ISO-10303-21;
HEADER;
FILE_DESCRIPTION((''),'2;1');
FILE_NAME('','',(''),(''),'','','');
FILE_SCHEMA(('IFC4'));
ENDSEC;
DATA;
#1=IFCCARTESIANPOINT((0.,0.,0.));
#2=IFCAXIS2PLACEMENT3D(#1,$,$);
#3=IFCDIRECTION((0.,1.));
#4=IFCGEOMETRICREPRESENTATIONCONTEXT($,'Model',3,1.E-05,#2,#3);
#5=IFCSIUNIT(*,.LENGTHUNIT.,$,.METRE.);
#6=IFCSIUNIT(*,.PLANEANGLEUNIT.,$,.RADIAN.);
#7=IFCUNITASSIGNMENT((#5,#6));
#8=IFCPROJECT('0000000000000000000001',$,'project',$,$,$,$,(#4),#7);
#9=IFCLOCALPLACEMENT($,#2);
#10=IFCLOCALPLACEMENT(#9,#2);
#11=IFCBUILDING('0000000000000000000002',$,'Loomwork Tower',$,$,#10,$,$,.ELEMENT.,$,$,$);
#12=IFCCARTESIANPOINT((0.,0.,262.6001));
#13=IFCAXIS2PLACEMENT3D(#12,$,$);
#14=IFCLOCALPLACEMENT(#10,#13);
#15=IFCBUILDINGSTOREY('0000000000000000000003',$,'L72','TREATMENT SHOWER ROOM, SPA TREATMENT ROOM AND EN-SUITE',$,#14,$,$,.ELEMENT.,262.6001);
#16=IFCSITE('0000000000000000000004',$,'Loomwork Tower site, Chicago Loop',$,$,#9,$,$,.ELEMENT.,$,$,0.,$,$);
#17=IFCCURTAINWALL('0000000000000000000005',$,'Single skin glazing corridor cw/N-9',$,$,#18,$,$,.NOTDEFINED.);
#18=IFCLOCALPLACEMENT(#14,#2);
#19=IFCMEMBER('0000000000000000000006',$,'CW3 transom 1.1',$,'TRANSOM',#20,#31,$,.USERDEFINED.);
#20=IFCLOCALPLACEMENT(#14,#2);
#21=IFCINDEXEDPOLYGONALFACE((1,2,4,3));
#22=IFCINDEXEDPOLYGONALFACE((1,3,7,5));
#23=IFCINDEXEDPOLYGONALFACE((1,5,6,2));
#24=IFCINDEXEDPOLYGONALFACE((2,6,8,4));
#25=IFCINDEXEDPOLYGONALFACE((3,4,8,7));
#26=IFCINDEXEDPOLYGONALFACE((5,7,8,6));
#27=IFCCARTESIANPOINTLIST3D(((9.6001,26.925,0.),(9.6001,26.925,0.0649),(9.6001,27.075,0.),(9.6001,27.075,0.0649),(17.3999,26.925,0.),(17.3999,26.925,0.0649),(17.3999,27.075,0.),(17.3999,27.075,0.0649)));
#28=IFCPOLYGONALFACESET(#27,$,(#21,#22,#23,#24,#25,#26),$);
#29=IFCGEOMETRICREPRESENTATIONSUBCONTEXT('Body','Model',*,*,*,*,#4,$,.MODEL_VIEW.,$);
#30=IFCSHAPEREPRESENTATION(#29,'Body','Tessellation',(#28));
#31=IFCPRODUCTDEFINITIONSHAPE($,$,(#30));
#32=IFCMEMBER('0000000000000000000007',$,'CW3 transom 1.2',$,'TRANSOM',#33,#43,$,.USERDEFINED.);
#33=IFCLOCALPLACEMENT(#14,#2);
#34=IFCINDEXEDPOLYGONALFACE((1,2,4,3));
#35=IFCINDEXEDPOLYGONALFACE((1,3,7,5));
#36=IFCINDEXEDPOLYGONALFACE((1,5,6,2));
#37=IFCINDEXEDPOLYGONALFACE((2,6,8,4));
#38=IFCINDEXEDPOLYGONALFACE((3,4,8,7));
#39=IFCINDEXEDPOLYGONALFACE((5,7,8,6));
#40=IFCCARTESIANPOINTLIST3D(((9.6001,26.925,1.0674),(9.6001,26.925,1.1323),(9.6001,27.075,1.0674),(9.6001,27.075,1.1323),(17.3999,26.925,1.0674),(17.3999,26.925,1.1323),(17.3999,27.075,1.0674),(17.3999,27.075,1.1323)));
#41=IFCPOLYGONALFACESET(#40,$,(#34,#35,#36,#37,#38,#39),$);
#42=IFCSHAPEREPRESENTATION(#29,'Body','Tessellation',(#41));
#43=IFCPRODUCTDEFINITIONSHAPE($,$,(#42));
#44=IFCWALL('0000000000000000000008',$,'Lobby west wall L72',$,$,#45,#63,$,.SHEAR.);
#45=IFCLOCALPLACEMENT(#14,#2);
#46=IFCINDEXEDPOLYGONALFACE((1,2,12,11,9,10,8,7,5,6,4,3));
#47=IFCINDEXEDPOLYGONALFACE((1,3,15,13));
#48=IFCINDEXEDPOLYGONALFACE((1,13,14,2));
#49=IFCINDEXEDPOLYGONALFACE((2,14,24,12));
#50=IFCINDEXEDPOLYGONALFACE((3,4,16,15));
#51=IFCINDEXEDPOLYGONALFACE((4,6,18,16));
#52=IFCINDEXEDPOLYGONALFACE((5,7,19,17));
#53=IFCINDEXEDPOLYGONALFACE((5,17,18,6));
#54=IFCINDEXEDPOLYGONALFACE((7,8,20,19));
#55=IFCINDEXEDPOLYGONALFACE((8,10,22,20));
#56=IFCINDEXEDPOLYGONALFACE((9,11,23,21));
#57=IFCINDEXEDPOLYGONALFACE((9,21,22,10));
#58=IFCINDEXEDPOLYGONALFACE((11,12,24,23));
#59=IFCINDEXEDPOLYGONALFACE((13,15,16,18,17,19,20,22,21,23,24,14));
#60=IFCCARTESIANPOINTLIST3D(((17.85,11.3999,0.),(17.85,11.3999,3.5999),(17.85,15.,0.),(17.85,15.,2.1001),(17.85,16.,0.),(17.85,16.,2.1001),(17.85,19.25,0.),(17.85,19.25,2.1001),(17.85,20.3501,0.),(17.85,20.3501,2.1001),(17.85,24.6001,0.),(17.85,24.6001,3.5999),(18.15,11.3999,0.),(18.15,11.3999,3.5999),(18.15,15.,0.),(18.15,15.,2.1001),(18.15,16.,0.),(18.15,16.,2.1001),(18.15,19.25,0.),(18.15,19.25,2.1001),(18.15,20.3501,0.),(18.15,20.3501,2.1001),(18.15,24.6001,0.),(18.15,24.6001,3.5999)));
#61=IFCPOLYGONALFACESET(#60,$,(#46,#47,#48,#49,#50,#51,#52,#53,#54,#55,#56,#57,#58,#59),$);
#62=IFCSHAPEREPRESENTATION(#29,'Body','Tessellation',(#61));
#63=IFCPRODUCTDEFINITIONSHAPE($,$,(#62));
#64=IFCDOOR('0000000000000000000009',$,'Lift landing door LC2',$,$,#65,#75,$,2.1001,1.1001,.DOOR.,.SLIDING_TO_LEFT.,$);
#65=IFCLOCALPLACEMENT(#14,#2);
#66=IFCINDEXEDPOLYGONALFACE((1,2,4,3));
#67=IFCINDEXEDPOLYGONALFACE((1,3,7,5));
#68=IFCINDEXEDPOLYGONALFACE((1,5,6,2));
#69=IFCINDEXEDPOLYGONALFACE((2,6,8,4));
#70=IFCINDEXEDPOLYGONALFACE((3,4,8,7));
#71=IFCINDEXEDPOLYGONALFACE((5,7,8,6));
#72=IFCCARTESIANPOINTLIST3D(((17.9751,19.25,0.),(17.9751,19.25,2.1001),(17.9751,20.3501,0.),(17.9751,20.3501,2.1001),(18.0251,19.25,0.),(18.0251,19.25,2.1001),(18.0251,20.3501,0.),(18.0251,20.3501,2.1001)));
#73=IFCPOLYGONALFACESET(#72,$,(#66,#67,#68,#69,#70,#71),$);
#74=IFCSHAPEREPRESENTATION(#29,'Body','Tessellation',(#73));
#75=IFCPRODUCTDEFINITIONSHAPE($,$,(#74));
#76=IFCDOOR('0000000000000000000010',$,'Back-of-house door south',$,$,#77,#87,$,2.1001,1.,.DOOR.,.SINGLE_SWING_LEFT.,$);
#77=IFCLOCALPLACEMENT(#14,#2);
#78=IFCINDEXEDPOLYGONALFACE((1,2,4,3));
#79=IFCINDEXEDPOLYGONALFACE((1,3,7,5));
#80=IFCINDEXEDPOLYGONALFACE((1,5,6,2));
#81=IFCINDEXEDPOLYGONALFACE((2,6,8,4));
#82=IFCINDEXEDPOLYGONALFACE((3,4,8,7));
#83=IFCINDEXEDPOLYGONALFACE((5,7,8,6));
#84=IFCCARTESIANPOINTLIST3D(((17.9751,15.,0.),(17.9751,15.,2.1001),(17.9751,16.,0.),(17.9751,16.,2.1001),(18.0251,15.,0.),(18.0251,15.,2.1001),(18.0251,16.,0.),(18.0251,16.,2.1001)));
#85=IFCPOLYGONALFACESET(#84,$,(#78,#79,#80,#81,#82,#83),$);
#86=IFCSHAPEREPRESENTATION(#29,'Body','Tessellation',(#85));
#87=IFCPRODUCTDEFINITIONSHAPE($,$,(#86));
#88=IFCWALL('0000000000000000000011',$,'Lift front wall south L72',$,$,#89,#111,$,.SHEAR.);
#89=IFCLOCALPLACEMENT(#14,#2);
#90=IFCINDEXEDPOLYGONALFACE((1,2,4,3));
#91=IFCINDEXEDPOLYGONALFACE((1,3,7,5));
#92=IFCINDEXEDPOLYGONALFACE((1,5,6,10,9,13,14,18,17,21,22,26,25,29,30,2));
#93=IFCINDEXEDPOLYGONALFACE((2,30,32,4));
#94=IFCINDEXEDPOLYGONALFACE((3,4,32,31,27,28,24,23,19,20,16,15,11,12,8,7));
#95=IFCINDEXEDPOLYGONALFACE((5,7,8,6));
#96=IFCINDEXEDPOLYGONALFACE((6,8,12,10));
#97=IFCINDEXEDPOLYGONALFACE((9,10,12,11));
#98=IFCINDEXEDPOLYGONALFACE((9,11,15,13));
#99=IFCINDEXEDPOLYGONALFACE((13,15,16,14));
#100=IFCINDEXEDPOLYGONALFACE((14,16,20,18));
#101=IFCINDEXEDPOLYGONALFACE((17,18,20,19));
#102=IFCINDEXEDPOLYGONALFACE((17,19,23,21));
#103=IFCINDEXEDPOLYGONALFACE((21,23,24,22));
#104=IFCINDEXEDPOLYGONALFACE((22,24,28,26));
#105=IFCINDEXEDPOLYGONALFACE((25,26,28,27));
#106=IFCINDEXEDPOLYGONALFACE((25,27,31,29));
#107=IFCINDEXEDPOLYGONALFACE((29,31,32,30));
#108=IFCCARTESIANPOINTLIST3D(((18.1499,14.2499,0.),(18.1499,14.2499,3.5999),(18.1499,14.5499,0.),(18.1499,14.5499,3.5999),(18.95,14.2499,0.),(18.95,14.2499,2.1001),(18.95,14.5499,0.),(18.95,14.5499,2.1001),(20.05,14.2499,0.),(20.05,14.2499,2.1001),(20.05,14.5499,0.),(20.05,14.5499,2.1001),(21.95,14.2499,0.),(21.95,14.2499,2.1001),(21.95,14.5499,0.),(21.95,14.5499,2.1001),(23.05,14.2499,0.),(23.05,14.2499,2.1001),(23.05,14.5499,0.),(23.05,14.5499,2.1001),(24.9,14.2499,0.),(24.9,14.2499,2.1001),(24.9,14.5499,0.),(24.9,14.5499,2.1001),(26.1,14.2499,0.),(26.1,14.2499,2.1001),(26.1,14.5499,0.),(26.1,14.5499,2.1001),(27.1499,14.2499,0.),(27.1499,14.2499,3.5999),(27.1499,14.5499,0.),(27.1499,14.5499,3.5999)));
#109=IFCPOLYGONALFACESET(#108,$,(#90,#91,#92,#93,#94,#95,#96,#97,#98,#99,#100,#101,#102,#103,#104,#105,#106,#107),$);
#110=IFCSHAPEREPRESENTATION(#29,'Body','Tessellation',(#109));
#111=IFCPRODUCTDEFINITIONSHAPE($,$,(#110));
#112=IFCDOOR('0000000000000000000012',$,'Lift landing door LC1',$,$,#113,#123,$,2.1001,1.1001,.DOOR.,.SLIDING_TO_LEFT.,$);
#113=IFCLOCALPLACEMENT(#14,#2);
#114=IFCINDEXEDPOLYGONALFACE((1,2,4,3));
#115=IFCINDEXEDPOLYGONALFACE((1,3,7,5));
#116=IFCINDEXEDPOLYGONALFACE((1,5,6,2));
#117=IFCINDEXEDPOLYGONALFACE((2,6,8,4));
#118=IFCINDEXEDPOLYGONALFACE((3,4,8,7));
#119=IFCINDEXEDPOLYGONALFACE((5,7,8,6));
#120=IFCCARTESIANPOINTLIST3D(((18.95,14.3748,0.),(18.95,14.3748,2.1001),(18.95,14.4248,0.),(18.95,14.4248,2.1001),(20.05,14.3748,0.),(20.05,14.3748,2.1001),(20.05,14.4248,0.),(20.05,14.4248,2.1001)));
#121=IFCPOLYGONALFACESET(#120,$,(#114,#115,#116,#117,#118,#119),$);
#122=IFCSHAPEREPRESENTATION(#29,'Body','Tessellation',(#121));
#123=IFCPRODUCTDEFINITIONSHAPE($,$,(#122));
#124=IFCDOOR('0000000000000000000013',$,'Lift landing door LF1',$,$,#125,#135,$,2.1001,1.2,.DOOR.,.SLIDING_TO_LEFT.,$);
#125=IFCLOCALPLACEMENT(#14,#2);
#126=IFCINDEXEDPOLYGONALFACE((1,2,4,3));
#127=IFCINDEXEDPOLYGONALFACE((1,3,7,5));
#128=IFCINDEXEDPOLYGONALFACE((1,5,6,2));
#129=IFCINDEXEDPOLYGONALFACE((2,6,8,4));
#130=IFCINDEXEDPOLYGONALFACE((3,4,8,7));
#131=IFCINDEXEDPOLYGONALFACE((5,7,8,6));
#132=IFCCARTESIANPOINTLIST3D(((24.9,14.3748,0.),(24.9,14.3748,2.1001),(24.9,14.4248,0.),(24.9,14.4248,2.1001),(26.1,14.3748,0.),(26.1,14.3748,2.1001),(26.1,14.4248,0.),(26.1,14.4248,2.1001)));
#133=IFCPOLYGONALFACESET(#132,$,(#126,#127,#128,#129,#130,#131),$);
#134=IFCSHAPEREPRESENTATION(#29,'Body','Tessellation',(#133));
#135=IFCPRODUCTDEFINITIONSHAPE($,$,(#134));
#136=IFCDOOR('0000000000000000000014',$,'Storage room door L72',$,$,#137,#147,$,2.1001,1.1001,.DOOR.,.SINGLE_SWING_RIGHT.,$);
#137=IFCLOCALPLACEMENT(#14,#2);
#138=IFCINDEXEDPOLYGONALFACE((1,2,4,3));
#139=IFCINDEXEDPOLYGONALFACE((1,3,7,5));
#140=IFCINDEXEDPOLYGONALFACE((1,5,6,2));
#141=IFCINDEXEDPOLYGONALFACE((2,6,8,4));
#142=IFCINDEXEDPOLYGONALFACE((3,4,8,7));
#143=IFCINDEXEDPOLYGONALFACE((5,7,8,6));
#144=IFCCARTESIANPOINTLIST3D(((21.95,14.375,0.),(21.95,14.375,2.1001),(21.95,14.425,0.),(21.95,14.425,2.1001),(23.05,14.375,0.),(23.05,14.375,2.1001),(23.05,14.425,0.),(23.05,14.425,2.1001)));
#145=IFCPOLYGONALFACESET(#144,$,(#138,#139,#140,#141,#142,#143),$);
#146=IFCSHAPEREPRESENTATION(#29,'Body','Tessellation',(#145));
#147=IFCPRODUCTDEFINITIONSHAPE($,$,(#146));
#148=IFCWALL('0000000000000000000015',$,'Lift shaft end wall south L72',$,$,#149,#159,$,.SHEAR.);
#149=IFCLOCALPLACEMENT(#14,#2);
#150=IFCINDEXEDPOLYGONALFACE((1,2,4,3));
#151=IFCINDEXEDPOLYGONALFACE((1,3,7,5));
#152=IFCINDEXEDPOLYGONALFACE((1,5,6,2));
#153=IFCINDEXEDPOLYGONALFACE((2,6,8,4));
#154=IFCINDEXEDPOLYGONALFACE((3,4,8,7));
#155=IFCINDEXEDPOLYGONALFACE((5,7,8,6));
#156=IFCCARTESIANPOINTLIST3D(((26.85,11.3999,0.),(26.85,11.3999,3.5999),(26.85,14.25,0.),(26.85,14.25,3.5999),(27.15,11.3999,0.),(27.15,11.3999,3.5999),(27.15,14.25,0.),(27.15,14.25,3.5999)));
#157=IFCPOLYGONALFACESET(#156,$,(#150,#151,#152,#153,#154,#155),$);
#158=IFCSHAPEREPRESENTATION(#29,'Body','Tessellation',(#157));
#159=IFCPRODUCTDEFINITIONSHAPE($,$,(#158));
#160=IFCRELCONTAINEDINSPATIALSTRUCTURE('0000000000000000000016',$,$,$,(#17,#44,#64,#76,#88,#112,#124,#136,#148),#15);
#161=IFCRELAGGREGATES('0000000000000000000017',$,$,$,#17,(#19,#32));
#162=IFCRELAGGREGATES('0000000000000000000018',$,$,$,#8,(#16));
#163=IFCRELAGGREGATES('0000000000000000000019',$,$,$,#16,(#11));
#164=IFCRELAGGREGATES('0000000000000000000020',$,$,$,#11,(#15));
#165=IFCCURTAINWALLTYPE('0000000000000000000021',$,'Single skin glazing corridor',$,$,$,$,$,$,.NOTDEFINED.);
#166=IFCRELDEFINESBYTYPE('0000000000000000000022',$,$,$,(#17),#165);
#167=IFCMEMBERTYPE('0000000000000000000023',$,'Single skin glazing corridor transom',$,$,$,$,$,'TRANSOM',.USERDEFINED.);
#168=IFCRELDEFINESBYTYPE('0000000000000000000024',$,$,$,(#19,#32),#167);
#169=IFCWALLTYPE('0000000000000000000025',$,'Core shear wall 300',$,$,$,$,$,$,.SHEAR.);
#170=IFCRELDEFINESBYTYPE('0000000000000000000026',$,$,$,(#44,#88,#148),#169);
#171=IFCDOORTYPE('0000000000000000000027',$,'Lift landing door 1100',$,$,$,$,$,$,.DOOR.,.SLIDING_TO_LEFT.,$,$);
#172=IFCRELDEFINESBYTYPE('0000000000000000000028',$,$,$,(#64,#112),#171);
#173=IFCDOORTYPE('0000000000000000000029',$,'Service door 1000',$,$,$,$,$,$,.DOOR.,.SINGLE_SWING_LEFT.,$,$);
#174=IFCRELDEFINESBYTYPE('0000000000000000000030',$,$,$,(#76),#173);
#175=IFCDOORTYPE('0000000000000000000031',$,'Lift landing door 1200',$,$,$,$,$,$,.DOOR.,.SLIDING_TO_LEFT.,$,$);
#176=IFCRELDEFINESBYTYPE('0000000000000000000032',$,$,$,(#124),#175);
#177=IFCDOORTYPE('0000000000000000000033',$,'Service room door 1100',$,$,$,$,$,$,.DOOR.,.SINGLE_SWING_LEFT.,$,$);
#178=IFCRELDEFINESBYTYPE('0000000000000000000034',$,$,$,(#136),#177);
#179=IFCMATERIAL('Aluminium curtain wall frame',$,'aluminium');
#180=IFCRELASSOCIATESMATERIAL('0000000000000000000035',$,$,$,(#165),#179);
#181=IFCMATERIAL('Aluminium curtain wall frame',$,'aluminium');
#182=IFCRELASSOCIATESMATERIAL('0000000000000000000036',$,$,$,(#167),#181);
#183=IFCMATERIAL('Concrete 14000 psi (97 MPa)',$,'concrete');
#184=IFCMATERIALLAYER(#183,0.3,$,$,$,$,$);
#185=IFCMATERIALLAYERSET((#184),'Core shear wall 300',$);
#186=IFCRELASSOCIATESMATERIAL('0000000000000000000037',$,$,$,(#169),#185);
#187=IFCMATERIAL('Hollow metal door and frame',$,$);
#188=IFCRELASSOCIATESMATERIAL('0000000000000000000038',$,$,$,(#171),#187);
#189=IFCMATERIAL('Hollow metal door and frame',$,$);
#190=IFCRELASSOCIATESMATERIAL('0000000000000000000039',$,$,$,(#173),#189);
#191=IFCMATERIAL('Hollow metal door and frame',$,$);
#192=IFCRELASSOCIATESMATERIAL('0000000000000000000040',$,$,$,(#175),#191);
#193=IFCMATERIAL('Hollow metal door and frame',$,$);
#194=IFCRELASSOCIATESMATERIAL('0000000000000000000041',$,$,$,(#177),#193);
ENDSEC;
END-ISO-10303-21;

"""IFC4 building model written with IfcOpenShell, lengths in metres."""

from ifc_helpers import new_model, si_unit, direction, frame, frame_2d, origin, origin_2d, place, context, subcontext, project, spatial, rectangle, extrude, material, layer, layer_set, material_profile, profile_set, type_object, element, fill, aggregate, save


model = new_model("IFC4")

# Units and contexts
model_context = context("Model", 3, precision=1e-05, world=origin(), true_north=direction((0.0, 1.0)))
body_context = subcontext(model_context, "Body", "Model", "MODEL_VIEW")
ifc_project = project(units=[si_unit("LENGTHUNIT", "METRE"), si_unit("PLANEANGLEUNIT", "RADIAN")], contexts=[model_context])

# Site, building, storey
site_placement = place(None, origin())
site = spatial("IfcSite", under=ifc_project, at=site_placement, Name="Loomwork Tower site, Chicago Loop", CompositionType="ELEMENT", RefElevation=0.0)
building_placement = place(site_placement, origin())
building = spatial("IfcBuilding", under=site, at=building_placement, Name="Loomwork Tower", CompositionType="ELEMENT")
storey_placement = place(building_placement, frame((0.0, 0.0, 262.6001)))
storey = spatial("IfcBuildingStorey", under=building, at=storey_placement, Name="L72", Description="TREATMENT SHOWER ROOM, SPA TREATMENT ROOM AND EN-SUITE", CompositionType="ELEMENT", Elevation=262.6001)

# Curtain wall, members
ifc_material_1 = material(Name="Aluminium curtain wall frame", Category="aluminium")
curtain_wall_type = type_object("IfcCurtainWallType", Name="Single skin glazing corridor", PredefinedType="NOTDEFINED", material=ifc_material_1)
curtain_wall_placement = place(storey_placement, origin())
curtain_wall = element("IfcCurtainWall", 1, at=curtain_wall_placement, inside=storey, type_object=curtain_wall_type, Name="Single skin glazing corridor cw/N-9", PredefinedType="NOTDEFINED")
ifc_material_2 = material(Name="Aluminium curtain wall frame", Category="aluminium")
ifc_material_profile = material_profile(ifc_material_2, rectangle(XDim=0.1499, YDim=0.0649, at=origin_2d()), Name="AL 65x150")
ifc_profile_set = profile_set([ifc_material_profile], Name="Aluminium curtain wall frame")
member_type = type_object("IfcMemberType", Name="Single skin glazing corridor transom", ElementType="TRANSOM", PredefinedType="USERDEFINED", material=ifc_profile_set)
member_1_placement = place(storey_placement, frame((17.3999, 27.0, 0.0325), z_axis=(-1.0, 0.0, 0.0), x_axis=(0.0, -1.0, 0.0)))
member_1 = element("IfcMember", 2, at=member_1_placement, type_object=member_type, Name="CW3 transom 1.1", ObjectType="TRANSOM", PredefinedType="USERDEFINED", context=body_context, shape_type="SweptSolid", body=[
    extrude(rectangle(XDim=0.1499, YDim=0.0649, at=origin_2d()), origin(), (0.0, 0.0, 1.0), 7.7998),
])
member_2_placement = place(storey_placement, frame((17.3999, 27.0, 1.0999), z_axis=(-1.0, 0.0, 0.0), x_axis=(0.0, -1.0, 0.0)))
member_2 = element("IfcMember", 3, at=member_2_placement, type_object=member_type, Name="CW3 transom 1.2", ObjectType="TRANSOM", PredefinedType="USERDEFINED", context=body_context, shape_type="SweptSolid", body=[
    extrude(rectangle(XDim=0.1499, YDim=0.0649, at=origin_2d()), origin(), (0.0, 0.0, 1.0), 7.7998),
])
aggregate(curtain_wall, [member_1, member_2])

# Walls, openings, doors
ifc_material_3 = material(Name="Concrete 14000 psi (97 MPa)", Category="concrete")
ifc_layer_1 = layer(ifc_material_3, 0.3)
ifc_layer_set_1 = layer_set([ifc_layer_1], Name="Core shear wall 300")
wall_type_1 = type_object("IfcWallType", Name="Core shear wall 300", PredefinedType="SHEAR", material=ifc_layer_set_1)
wall_1_placement = place(storey_placement, frame((18.0, 11.3999, 0.0), z_axis=(0.0, 0.0, 1.0), x_axis=(0.0, 1.0, 0.0)))
wall_1 = element("IfcWall", 4, at=wall_1_placement, inside=storey, type_object=wall_type_1, Name="Lobby west wall L72", PredefinedType="SHEAR", context=body_context, shape_type="SweptSolid", body=[
    extrude(rectangle(XDim=13.2002, YDim=0.3, at=frame_2d((6.6001, 0.0))), origin(), (0.0, 0.0, 1.0), 3.5999),
])
opening_1_placement = place(wall_1_placement, frame((3.6001, 0.0, 0.0)))
opening_1 = element("IfcOpeningElement", 5, at=opening_1_placement, cuts=wall_1, PredefinedType="OPENING", context=body_context, shape_type="SweptSolid", body=[
    extrude(rectangle(XDim=1.0, YDim=2.1001, at=frame_2d((0.5, 1.05))), frame((0.0, 0.1599, 0.0), z_axis=(0.0, -1.0, 0.0), x_axis=(1.0, 0.0, 0.0)), (0.0, 0.0, 1.0), 0.3201),
])
opening_2_placement = place(wall_1_placement, frame((7.8501, 0.0, 0.0)))
opening_2 = element("IfcOpeningElement", 6, at=opening_2_placement, cuts=wall_1, PredefinedType="OPENING", context=body_context, shape_type="SweptSolid", body=[
    extrude(rectangle(XDim=1.1001, YDim=2.1001, at=frame_2d((0.55, 1.05))), frame((0.0, 0.1599, 0.0), z_axis=(0.0, -1.0, 0.0), x_axis=(1.0, 0.0, 0.0)), (0.0, 0.0, 1.0), 0.3201),
])
ifc_material_4 = material(Name="Hollow metal door and frame")
door_type_1 = type_object("IfcDoorType", Name="Lift landing door 1100", OperationType="SLIDING_TO_LEFT", PredefinedType="DOOR", material=ifc_material_4)
door_1_placement = place(opening_2_placement, origin())
door_1 = element("IfcDoor", 7, at=door_1_placement, inside=storey, type_object=door_type_1, Name="Lift landing door LC2", OperationType="SLIDING_TO_LEFT", OverallHeight=2.1001, OverallWidth=1.1001, PredefinedType="DOOR", context=body_context, shape_type="SweptSolid", body=[
    extrude(rectangle(XDim=1.1001, YDim=2.1001, at=frame_2d((0.55, 1.05))), frame((0.0, 0.0249, 0.0), z_axis=(0.0, -1.0, 0.0), x_axis=(1.0, 0.0, 0.0)), (0.0, 0.0, 1.0), 0.05),
])
fill(opening_2, door_1)
ifc_material_5 = material(Name="Hollow metal door and frame")
door_type_2 = type_object("IfcDoorType", Name="Service door 1000", OperationType="SINGLE_SWING_LEFT", PredefinedType="DOOR", material=ifc_material_5)
door_2_placement = place(opening_1_placement, origin())
door_2 = element("IfcDoor", 8, at=door_2_placement, inside=storey, type_object=door_type_2, Name="Back-of-house door south", OperationType="SINGLE_SWING_LEFT", OverallHeight=2.1001, OverallWidth=1.0, PredefinedType="DOOR", context=body_context, shape_type="SweptSolid", body=[
    extrude(rectangle(XDim=1.0, YDim=2.1001, at=frame_2d((0.5, 1.05))), frame((0.0, 0.0249, 0.0), z_axis=(0.0, -1.0, 0.0), x_axis=(1.0, 0.0, 0.0)), (0.0, 0.0, 1.0), 0.05),
])
fill(opening_1, door_2)
wall_2_placement = place(storey_placement, frame((18.1499, 14.3999, 0.0), z_axis=(0.0, 0.0, 1.0), x_axis=(1.0, 0.0, 0.0)))
wall_2 = element("IfcWall", 9, at=wall_2_placement, inside=storey, type_object=wall_type_1, Name="Lift front wall south L72", PredefinedType="SHEAR", context=body_context, shape_type="SweptSolid", body=[
    extrude(rectangle(XDim=9.0, YDim=0.3, at=frame_2d((4.5, 0.0))), origin(), (0.0, 0.0, 1.0), 3.5999),
])
opening_3_placement = place(wall_2_placement, frame((0.8, 0.0, 0.0)))
opening_3 = element("IfcOpeningElement", 10, at=opening_3_placement, cuts=wall_2, PredefinedType="OPENING", context=body_context, shape_type="SweptSolid", body=[
    extrude(rectangle(XDim=1.1001, YDim=2.1001, at=frame_2d((0.55, 1.05))), frame((0.0, 0.1599, 0.0), z_axis=(0.0, -1.0, 0.0), x_axis=(1.0, 0.0, 0.0)), (0.0, 0.0, 1.0), 0.3201),
])
opening_4_placement = place(wall_2_placement, frame((6.75, 0.0, 0.0)))
opening_4 = element("IfcOpeningElement", 11, at=opening_4_placement, cuts=wall_2, PredefinedType="OPENING", context=body_context, shape_type="SweptSolid", body=[
    extrude(rectangle(XDim=1.2, YDim=2.1001, at=frame_2d((0.6001, 1.05))), frame((0.0, 0.1599, 0.0), z_axis=(0.0, -1.0, 0.0), x_axis=(1.0, 0.0, 0.0)), (0.0, 0.0, 1.0), 0.3201),
])
opening_5_placement = place(wall_2_placement, frame((3.8, 0.0, 0.0)))
opening_5 = element("IfcOpeningElement", 12, at=opening_5_placement, cuts=wall_2, PredefinedType="OPENING", context=body_context, shape_type="SweptSolid", body=[
    extrude(rectangle(XDim=1.1001, YDim=2.1001, at=frame_2d((0.55, 1.05))), frame((0.0, 0.1599, 0.0), z_axis=(0.0, -1.0, 0.0), x_axis=(1.0, 0.0, 0.0)), (0.0, 0.0, 1.0), 0.3201),
])
door_3_placement = place(opening_3_placement, origin())
door_3 = element("IfcDoor", 13, at=door_3_placement, inside=storey, type_object=door_type_1, Name="Lift landing door LC1", OperationType="SLIDING_TO_LEFT", OverallHeight=2.1001, OverallWidth=1.1001, PredefinedType="DOOR", context=body_context, shape_type="SweptSolid", body=[
    extrude(rectangle(XDim=1.1001, YDim=2.1001, at=frame_2d((0.55, 1.05))), frame((0.0, 0.0249, 0.0), z_axis=(0.0, -1.0, 0.0), x_axis=(1.0, 0.0, 0.0)), (0.0, 0.0, 1.0), 0.05),
])
fill(opening_3, door_3)
ifc_material_6 = material(Name="Hollow metal door and frame")
door_type_3 = type_object("IfcDoorType", Name="Lift landing door 1200", OperationType="SLIDING_TO_LEFT", PredefinedType="DOOR", material=ifc_material_6)
door_4_placement = place(opening_4_placement, origin())
door_4 = element("IfcDoor", 14, at=door_4_placement, inside=storey, type_object=door_type_3, Name="Lift landing door LF1", OperationType="SLIDING_TO_LEFT", OverallHeight=2.1001, OverallWidth=1.2, PredefinedType="DOOR", context=body_context, shape_type="SweptSolid", body=[
    extrude(rectangle(XDim=1.2, YDim=2.1001, at=frame_2d((0.6001, 1.05))), frame((0.0, 0.0249, 0.0), z_axis=(0.0, -1.0, 0.0), x_axis=(1.0, 0.0, 0.0)), (0.0, 0.0, 1.0), 0.05),
])
fill(opening_4, door_4)
ifc_material_7 = material(Name="Hollow metal door and frame")
door_type_4 = type_object("IfcDoorType", Name="Service room door 1100", OperationType="SINGLE_SWING_LEFT", PredefinedType="DOOR", material=ifc_material_7)
door_5_placement = place(opening_5_placement, frame((1.1001, 0.0, 0.0), z_axis=(0.0, 0.0, 1.0), x_axis=(-1.0, 0.0, 0.0)))
door_5 = element("IfcDoor", 15, at=door_5_placement, inside=storey, type_object=door_type_4, Name="Storage room door L72", OperationType="SINGLE_SWING_RIGHT", OverallHeight=2.1001, OverallWidth=1.1001, PredefinedType="DOOR", context=body_context, shape_type="SweptSolid", body=[
    extrude(rectangle(XDim=1.1001, YDim=2.1001, at=frame_2d((0.55, 1.05))), frame((0.0, 0.0249, 0.0), z_axis=(0.0, -1.0, 0.0), x_axis=(1.0, 0.0, 0.0)), (0.0, 0.0, 1.0), 0.05),
])
fill(opening_5, door_5)

# Wall
wall_3_placement = place(storey_placement, frame((27.0, 11.3999, 0.0), z_axis=(0.0, 0.0, 1.0), x_axis=(0.0, 1.0, 0.0)))
element("IfcWall", 16, at=wall_3_placement, inside=storey, type_object=wall_type_1, Name="Lift shaft end wall south L72", PredefinedType="SHEAR", context=body_context, shape_type="SweptSolid", body=[
    extrude(rectangle(XDim=2.8501, YDim=0.3, at=frame_2d((1.425, 0.0))), origin(), (0.0, 0.0, 1.0), 3.5999),
])

save(model, "model.ifc")
